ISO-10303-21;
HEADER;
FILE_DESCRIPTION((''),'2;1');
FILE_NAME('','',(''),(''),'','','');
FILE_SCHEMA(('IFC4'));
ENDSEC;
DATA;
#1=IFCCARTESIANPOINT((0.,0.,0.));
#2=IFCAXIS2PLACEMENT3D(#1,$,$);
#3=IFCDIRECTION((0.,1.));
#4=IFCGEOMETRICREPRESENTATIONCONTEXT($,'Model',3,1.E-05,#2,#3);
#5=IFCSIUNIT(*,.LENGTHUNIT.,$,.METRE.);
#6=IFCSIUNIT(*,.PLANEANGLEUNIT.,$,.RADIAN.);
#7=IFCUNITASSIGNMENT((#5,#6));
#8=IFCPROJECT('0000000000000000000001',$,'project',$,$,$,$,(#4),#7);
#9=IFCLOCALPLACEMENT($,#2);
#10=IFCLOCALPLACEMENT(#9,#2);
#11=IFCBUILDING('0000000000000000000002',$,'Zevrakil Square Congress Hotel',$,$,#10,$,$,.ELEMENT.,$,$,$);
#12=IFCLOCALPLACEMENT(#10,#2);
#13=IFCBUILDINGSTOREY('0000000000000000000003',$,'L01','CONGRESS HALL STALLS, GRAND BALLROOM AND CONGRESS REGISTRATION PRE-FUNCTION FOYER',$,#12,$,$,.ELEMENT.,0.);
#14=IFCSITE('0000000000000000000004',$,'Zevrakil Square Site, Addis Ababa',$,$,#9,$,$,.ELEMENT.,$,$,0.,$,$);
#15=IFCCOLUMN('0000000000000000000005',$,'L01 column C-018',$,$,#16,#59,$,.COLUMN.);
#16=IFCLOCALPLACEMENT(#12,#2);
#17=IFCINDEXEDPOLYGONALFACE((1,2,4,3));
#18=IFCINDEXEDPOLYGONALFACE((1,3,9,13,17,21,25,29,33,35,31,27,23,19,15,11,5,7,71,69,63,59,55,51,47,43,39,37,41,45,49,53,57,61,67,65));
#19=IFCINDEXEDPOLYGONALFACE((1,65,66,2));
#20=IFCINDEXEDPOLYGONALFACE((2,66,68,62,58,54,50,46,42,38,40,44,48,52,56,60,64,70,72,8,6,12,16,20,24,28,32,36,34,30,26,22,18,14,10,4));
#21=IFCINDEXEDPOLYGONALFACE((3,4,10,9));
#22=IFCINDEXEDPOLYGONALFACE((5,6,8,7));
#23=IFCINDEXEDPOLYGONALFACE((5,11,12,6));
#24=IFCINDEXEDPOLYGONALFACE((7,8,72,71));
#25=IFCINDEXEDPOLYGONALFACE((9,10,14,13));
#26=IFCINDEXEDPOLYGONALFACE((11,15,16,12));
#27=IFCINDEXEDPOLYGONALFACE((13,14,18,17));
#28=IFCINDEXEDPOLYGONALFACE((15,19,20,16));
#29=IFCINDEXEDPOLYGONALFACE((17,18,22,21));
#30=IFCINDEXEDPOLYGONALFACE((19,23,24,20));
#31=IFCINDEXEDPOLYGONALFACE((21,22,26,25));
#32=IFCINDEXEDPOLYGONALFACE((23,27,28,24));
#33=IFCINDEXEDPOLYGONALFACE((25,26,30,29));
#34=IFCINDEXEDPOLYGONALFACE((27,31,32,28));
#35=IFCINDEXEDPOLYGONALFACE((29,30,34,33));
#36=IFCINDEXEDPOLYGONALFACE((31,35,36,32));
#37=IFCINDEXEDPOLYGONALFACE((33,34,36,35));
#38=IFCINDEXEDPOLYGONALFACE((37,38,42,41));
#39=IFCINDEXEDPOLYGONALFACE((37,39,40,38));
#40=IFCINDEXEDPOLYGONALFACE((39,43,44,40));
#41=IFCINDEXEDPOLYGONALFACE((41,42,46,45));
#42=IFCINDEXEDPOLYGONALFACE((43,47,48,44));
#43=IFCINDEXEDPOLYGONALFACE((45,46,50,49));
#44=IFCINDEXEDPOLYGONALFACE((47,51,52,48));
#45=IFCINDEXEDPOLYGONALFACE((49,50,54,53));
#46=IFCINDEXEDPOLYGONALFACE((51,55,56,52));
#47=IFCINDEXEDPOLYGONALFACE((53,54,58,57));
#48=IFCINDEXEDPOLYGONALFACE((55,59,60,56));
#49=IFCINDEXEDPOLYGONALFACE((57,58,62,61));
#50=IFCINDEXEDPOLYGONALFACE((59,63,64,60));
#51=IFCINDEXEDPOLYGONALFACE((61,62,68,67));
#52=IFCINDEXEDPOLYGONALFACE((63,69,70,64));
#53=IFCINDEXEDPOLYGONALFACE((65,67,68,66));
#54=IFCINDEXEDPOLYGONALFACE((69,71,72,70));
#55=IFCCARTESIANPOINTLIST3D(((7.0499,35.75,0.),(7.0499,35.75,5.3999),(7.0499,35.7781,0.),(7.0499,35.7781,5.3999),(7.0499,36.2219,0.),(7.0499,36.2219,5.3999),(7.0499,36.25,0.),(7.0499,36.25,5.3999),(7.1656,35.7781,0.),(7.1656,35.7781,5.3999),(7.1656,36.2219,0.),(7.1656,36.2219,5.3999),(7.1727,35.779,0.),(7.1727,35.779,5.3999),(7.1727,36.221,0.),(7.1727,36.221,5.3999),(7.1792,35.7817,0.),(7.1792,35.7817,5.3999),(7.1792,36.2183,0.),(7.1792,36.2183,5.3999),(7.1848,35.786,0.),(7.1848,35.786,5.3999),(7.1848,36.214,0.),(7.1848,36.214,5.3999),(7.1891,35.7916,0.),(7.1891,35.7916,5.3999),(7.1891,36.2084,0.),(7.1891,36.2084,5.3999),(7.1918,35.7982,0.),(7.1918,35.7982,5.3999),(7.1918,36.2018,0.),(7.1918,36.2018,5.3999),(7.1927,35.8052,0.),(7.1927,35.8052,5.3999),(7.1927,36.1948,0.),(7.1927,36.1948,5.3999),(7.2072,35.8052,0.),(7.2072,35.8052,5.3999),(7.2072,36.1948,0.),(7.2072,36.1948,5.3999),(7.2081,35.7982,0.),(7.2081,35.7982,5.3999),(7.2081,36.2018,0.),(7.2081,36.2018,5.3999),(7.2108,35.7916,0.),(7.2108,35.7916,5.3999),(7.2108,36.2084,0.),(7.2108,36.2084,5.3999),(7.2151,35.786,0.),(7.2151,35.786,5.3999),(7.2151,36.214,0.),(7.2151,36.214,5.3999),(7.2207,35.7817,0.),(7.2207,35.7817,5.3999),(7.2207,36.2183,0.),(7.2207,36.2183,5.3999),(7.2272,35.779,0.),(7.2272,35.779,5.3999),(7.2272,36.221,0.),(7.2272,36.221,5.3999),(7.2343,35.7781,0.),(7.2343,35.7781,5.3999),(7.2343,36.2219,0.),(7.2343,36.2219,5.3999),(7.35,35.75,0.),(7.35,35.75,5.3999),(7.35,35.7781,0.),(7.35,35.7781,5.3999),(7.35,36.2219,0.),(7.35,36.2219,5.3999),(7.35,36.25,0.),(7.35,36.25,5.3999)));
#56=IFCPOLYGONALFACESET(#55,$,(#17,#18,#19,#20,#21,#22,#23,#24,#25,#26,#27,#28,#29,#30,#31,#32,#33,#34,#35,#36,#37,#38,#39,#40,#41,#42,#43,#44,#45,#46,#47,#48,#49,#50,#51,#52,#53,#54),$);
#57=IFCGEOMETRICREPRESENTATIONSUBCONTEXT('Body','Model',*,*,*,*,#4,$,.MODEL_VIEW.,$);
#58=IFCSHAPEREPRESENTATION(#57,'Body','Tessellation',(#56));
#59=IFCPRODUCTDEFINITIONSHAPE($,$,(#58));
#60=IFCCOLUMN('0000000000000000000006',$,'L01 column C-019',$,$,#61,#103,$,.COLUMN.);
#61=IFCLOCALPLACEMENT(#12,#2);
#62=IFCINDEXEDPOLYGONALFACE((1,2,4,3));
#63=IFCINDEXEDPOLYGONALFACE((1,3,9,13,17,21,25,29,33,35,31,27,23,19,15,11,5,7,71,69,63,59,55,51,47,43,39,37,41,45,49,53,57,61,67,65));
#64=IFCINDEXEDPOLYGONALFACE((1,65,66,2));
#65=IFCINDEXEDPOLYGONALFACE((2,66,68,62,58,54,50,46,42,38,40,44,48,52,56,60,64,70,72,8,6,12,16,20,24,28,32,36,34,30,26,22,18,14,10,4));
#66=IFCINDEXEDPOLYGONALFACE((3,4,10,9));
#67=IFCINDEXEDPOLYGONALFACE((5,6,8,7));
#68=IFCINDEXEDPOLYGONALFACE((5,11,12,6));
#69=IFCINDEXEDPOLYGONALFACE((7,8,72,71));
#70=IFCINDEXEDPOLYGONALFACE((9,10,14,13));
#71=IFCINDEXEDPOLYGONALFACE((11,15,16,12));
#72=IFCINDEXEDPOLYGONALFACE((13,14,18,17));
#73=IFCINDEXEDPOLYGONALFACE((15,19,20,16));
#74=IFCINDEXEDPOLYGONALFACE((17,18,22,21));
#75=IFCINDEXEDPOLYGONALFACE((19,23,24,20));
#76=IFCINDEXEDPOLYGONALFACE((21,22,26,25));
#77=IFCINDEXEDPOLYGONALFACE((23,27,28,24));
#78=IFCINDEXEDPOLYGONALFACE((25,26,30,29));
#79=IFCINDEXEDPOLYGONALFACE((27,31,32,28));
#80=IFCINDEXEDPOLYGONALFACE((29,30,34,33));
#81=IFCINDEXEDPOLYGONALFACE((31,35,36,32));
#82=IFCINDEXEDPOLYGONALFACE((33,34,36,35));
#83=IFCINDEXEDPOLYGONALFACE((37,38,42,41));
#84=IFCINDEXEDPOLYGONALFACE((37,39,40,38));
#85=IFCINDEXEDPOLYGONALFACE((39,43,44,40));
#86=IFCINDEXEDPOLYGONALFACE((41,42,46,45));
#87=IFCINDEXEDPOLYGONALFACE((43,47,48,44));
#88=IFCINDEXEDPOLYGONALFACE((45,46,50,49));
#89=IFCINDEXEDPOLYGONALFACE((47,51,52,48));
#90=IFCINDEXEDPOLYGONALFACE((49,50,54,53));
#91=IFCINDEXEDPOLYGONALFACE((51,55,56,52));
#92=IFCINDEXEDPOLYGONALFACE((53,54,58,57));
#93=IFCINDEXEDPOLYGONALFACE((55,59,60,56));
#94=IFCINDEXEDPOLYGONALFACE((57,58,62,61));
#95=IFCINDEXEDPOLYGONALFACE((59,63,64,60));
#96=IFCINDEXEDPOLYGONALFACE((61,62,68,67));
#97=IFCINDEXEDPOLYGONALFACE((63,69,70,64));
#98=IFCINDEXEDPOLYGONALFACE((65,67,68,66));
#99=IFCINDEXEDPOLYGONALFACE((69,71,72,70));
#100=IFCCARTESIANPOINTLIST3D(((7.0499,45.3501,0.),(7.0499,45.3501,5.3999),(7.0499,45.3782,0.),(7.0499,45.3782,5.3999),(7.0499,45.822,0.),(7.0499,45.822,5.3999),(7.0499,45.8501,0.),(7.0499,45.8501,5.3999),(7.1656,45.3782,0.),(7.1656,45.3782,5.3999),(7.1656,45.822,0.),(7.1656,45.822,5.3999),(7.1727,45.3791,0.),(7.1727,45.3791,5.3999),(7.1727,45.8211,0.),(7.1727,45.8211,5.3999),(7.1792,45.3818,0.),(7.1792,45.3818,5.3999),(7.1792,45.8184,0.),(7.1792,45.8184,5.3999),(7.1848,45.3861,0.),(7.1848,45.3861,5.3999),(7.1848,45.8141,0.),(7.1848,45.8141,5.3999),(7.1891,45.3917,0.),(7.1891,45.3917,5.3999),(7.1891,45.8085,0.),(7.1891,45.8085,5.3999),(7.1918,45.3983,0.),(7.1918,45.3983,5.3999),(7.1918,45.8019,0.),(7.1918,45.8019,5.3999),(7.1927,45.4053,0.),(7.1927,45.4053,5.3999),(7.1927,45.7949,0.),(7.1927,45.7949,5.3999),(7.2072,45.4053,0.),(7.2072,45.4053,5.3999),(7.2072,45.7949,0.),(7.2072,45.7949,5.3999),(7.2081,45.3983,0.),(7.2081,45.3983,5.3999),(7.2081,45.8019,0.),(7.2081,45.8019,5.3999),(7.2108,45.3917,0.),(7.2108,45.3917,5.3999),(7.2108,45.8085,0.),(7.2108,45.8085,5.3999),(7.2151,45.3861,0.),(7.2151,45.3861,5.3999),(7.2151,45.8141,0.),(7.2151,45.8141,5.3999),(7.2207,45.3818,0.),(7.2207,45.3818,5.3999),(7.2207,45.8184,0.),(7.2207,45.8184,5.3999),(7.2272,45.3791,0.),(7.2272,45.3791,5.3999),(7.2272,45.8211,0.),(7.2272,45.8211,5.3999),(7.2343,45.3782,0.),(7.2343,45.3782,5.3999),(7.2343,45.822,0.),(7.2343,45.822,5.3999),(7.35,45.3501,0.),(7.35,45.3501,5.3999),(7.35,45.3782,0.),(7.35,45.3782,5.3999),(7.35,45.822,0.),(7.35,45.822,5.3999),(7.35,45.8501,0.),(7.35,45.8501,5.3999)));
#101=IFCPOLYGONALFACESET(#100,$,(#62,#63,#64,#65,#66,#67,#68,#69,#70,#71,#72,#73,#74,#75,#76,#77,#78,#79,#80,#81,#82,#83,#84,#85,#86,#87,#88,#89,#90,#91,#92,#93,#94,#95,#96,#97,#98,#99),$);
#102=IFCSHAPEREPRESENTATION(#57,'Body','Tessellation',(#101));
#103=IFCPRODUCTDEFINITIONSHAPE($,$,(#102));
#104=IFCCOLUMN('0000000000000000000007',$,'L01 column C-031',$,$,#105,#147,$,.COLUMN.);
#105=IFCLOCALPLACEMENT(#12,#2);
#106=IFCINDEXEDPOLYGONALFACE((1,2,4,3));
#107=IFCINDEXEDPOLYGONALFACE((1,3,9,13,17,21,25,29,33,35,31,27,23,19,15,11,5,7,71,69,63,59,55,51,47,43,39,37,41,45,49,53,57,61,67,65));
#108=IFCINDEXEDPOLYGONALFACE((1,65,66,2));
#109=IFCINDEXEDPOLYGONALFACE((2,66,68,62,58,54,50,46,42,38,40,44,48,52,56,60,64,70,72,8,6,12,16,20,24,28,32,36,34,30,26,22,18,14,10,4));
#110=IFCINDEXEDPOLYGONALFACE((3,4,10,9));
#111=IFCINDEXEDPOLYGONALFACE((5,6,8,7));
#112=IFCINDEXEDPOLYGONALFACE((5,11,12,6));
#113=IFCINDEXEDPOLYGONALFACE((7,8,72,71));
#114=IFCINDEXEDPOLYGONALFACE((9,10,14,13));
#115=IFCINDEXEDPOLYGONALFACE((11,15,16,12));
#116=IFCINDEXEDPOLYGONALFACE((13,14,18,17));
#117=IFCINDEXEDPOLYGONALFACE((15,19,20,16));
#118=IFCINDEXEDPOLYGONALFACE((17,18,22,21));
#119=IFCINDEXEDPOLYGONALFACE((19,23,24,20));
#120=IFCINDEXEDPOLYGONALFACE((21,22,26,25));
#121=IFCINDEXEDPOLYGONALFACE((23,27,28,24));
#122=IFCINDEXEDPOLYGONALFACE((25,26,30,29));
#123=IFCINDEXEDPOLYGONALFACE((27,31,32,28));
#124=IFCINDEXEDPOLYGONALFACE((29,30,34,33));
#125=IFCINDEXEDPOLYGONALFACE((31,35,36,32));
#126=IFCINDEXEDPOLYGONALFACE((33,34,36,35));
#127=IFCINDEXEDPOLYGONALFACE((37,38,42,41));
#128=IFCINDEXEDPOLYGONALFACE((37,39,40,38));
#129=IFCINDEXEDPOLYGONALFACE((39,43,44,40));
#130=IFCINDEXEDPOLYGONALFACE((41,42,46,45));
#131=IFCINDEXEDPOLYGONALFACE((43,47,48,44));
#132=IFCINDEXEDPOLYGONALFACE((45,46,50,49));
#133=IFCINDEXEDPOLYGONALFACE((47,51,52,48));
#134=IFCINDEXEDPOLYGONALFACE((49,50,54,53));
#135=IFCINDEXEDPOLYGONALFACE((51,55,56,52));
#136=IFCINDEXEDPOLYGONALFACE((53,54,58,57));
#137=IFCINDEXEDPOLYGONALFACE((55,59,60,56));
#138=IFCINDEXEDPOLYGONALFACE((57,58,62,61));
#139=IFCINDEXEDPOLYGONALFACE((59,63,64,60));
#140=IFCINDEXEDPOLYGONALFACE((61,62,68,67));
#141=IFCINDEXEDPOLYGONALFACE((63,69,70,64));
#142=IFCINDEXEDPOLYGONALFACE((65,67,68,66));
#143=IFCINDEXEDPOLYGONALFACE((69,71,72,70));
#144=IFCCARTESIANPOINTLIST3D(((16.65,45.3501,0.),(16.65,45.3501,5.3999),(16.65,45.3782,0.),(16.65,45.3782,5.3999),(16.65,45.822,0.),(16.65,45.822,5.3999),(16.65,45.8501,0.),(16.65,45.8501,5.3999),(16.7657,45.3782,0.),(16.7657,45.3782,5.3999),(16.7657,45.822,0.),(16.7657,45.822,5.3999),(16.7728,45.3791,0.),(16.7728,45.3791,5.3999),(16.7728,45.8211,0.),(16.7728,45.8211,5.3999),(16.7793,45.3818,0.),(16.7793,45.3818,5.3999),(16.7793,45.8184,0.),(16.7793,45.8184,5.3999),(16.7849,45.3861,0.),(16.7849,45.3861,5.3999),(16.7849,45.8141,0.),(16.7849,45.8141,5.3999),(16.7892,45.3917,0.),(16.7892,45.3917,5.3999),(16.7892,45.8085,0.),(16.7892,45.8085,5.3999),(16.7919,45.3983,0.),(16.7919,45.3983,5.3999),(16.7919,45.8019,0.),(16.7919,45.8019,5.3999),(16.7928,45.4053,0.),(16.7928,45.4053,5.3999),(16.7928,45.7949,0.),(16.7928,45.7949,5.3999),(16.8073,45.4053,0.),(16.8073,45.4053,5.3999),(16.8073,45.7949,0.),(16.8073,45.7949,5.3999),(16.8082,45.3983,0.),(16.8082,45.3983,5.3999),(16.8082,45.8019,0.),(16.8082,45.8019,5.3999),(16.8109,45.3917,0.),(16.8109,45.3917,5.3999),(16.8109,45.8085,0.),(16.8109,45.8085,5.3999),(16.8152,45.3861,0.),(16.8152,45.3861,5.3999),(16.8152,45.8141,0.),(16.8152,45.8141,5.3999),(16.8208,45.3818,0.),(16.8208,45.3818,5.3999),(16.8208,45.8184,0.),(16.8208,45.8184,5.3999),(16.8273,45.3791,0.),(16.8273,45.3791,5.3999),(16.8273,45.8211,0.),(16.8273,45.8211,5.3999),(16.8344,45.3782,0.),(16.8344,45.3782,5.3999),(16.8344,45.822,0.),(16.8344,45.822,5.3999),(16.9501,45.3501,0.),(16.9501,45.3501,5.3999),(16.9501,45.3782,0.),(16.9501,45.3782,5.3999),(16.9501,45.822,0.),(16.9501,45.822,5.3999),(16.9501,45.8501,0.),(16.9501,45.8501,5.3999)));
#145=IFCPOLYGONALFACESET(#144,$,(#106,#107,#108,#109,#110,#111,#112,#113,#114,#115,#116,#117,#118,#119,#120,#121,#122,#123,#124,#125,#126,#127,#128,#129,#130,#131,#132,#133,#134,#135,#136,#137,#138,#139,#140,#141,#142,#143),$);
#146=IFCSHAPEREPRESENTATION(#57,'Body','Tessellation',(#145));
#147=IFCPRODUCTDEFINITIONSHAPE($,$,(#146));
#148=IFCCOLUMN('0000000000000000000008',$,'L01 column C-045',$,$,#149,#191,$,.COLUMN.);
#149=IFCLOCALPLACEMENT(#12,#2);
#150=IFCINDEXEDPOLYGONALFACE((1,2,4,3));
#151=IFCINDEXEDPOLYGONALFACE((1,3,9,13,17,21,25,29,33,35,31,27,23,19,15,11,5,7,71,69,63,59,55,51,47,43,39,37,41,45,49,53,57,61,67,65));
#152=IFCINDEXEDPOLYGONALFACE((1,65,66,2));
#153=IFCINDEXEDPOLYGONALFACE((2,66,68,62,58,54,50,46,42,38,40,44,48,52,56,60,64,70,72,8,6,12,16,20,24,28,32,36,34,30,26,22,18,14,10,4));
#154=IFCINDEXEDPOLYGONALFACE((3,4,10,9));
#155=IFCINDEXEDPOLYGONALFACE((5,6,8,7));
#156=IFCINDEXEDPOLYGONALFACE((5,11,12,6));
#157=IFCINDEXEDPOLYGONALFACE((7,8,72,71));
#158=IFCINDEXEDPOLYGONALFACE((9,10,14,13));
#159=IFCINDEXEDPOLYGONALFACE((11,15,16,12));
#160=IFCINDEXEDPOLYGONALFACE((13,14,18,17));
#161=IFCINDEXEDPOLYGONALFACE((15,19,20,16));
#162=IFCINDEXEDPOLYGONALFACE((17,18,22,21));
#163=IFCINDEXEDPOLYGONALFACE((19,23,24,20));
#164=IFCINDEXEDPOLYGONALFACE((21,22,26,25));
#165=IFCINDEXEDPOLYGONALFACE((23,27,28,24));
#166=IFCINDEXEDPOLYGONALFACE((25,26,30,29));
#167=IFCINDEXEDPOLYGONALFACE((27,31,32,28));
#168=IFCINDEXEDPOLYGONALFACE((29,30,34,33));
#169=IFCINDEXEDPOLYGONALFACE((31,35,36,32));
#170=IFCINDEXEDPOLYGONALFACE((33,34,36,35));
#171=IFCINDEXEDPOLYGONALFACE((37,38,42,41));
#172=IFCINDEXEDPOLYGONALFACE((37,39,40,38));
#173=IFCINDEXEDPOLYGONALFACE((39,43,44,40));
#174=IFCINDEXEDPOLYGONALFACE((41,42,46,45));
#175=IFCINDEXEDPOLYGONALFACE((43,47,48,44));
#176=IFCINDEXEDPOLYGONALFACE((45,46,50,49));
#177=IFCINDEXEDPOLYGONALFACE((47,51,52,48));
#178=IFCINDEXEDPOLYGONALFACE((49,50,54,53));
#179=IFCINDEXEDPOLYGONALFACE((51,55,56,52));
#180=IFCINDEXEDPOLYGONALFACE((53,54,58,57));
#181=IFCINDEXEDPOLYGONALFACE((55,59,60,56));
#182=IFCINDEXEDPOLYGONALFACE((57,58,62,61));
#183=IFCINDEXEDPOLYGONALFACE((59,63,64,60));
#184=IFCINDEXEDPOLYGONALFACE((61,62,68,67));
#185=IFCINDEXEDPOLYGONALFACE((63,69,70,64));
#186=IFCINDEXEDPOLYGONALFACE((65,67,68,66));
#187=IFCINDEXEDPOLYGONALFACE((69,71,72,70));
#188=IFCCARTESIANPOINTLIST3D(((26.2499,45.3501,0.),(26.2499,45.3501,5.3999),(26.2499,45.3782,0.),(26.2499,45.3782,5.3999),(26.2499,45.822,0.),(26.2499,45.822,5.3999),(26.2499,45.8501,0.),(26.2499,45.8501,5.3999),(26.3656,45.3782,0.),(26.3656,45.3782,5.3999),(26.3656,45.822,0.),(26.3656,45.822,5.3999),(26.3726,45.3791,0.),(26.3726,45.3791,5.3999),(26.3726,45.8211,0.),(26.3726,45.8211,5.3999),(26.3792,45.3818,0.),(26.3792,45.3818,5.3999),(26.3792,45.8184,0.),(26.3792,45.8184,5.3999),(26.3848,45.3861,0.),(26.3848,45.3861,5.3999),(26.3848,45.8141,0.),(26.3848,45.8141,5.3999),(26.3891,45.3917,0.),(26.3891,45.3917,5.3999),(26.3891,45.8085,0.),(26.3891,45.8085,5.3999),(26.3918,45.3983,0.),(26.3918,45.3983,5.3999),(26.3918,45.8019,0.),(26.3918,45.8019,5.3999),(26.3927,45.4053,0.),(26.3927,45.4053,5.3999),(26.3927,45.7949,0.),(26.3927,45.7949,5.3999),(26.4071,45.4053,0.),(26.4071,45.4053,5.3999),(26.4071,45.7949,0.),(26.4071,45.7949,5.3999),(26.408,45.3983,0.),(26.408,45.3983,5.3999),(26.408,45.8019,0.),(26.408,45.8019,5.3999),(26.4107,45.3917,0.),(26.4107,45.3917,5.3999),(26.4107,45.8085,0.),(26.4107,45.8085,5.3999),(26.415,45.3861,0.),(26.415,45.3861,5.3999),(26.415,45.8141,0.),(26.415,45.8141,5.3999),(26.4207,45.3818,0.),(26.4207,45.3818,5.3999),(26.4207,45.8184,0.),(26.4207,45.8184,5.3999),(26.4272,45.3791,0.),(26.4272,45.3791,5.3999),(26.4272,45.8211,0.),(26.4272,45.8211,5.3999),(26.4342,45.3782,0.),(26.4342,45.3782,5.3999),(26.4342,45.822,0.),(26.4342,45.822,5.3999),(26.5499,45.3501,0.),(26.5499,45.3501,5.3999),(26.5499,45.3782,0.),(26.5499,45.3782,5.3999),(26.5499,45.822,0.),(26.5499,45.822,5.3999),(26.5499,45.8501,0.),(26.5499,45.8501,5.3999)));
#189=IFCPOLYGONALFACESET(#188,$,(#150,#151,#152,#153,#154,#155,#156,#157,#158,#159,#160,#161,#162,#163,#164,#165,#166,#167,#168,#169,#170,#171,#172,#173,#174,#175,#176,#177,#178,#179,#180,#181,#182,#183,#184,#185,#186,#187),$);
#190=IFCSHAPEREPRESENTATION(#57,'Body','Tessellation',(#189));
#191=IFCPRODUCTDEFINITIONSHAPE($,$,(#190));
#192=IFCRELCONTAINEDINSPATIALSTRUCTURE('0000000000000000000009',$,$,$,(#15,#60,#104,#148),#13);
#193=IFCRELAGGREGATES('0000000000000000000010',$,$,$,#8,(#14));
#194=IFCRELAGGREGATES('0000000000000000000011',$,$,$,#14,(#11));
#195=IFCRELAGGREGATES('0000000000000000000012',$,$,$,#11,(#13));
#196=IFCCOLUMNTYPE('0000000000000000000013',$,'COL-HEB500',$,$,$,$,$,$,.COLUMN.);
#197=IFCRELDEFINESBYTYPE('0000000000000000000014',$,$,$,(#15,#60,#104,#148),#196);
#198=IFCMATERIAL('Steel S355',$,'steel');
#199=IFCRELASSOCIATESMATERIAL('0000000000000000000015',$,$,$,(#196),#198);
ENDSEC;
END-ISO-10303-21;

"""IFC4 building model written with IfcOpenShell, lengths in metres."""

from ifc_helpers import new_model, si_unit, direction, frame, origin, origin_2d, place, context, subcontext, project, spatial, i_section, extrude, material, material_profile, profile_set, type_object, element, save


model = new_model("IFC4")

# Units and contexts
model_context = context("Model", 3, precision=1e-05, world=origin(), true_north=direction((0.0, 1.0)))
body_context = subcontext(model_context, "Body", "Model", "MODEL_VIEW")
ifc_project = project(units=[si_unit("LENGTHUNIT", "METRE"), si_unit("PLANEANGLEUNIT", "RADIAN")], contexts=[model_context])

# Site, building, storey
site_placement = place(None, origin())
site = spatial("IfcSite", under=ifc_project, at=site_placement, Name="Zevrakil Square Site, Addis Ababa", CompositionType="ELEMENT", RefElevation=0.0)
building_placement = place(site_placement, origin())
building = spatial("IfcBuilding", under=site, at=building_placement, Name="Zevrakil Square Congress Hotel", CompositionType="ELEMENT")
storey_placement = place(building_placement, origin())
storey = spatial("IfcBuildingStorey", under=building, at=storey_placement, Name="L01", Description="CONGRESS HALL STALLS, GRAND BALLROOM AND CONGRESS REGISTRATION PRE-FUNCTION FOYER", CompositionType="ELEMENT", Elevation=0.0)

# Columns
ifc_material_1 = material(Name="Steel S355", Category="steel")
ifc_material_profile_1 = material_profile(ifc_material_1, i_section(OverallWidth=0.3, OverallDepth=0.5, WebThickness=0.0144, FlangeThickness=0.0281, FilletRadius=0.0271, at=origin_2d()), Name="HEB 500")
ifc_profile_set_1 = profile_set([ifc_material_profile_1], Name="Steel S355")
column_type = type_object("IfcColumnType", Name="COL-HEB500", PredefinedType="COLUMN", material=ifc_profile_set_1)
for number, where, z_axis, x_axis, name in (
    (1, (7.2, 36.0, 0.0), (0.0, 0.0, 1.0), (1.0, 0.0, 0.0), "L01 column C-018"),
    (2, (7.2, 45.6001, 0.0), (0.0, 0.0, 1.0), (1.0, 0.0, 0.0), "L01 column C-019"),
    (3, (16.8, 45.6001, 0.0), (0.0, 0.0, 1.0), (1.0, 0.0, 0.0), "L01 column C-031"),
    (4, (26.3999, 45.6001, 0.0), (0.0, 0.0, 1.0), (1.0, 0.0, 0.0), "L01 column C-045"),
):
    element("IfcColumn", number, at=place(storey_placement, frame(where, z_axis=z_axis, x_axis=x_axis)), inside=storey, type_object=column_type, Name=name, PredefinedType="COLUMN", context=body_context, shape_type="SweptSolid", body=[
        extrude(i_section(OverallWidth=0.3, OverallDepth=0.5, WebThickness=0.0144, FlangeThickness=0.0281, FilletRadius=0.0271, at=origin_2d()), origin(), (0.0, 0.0, 1.0), 5.3999),
    ])

save(model, "model.ifc")
